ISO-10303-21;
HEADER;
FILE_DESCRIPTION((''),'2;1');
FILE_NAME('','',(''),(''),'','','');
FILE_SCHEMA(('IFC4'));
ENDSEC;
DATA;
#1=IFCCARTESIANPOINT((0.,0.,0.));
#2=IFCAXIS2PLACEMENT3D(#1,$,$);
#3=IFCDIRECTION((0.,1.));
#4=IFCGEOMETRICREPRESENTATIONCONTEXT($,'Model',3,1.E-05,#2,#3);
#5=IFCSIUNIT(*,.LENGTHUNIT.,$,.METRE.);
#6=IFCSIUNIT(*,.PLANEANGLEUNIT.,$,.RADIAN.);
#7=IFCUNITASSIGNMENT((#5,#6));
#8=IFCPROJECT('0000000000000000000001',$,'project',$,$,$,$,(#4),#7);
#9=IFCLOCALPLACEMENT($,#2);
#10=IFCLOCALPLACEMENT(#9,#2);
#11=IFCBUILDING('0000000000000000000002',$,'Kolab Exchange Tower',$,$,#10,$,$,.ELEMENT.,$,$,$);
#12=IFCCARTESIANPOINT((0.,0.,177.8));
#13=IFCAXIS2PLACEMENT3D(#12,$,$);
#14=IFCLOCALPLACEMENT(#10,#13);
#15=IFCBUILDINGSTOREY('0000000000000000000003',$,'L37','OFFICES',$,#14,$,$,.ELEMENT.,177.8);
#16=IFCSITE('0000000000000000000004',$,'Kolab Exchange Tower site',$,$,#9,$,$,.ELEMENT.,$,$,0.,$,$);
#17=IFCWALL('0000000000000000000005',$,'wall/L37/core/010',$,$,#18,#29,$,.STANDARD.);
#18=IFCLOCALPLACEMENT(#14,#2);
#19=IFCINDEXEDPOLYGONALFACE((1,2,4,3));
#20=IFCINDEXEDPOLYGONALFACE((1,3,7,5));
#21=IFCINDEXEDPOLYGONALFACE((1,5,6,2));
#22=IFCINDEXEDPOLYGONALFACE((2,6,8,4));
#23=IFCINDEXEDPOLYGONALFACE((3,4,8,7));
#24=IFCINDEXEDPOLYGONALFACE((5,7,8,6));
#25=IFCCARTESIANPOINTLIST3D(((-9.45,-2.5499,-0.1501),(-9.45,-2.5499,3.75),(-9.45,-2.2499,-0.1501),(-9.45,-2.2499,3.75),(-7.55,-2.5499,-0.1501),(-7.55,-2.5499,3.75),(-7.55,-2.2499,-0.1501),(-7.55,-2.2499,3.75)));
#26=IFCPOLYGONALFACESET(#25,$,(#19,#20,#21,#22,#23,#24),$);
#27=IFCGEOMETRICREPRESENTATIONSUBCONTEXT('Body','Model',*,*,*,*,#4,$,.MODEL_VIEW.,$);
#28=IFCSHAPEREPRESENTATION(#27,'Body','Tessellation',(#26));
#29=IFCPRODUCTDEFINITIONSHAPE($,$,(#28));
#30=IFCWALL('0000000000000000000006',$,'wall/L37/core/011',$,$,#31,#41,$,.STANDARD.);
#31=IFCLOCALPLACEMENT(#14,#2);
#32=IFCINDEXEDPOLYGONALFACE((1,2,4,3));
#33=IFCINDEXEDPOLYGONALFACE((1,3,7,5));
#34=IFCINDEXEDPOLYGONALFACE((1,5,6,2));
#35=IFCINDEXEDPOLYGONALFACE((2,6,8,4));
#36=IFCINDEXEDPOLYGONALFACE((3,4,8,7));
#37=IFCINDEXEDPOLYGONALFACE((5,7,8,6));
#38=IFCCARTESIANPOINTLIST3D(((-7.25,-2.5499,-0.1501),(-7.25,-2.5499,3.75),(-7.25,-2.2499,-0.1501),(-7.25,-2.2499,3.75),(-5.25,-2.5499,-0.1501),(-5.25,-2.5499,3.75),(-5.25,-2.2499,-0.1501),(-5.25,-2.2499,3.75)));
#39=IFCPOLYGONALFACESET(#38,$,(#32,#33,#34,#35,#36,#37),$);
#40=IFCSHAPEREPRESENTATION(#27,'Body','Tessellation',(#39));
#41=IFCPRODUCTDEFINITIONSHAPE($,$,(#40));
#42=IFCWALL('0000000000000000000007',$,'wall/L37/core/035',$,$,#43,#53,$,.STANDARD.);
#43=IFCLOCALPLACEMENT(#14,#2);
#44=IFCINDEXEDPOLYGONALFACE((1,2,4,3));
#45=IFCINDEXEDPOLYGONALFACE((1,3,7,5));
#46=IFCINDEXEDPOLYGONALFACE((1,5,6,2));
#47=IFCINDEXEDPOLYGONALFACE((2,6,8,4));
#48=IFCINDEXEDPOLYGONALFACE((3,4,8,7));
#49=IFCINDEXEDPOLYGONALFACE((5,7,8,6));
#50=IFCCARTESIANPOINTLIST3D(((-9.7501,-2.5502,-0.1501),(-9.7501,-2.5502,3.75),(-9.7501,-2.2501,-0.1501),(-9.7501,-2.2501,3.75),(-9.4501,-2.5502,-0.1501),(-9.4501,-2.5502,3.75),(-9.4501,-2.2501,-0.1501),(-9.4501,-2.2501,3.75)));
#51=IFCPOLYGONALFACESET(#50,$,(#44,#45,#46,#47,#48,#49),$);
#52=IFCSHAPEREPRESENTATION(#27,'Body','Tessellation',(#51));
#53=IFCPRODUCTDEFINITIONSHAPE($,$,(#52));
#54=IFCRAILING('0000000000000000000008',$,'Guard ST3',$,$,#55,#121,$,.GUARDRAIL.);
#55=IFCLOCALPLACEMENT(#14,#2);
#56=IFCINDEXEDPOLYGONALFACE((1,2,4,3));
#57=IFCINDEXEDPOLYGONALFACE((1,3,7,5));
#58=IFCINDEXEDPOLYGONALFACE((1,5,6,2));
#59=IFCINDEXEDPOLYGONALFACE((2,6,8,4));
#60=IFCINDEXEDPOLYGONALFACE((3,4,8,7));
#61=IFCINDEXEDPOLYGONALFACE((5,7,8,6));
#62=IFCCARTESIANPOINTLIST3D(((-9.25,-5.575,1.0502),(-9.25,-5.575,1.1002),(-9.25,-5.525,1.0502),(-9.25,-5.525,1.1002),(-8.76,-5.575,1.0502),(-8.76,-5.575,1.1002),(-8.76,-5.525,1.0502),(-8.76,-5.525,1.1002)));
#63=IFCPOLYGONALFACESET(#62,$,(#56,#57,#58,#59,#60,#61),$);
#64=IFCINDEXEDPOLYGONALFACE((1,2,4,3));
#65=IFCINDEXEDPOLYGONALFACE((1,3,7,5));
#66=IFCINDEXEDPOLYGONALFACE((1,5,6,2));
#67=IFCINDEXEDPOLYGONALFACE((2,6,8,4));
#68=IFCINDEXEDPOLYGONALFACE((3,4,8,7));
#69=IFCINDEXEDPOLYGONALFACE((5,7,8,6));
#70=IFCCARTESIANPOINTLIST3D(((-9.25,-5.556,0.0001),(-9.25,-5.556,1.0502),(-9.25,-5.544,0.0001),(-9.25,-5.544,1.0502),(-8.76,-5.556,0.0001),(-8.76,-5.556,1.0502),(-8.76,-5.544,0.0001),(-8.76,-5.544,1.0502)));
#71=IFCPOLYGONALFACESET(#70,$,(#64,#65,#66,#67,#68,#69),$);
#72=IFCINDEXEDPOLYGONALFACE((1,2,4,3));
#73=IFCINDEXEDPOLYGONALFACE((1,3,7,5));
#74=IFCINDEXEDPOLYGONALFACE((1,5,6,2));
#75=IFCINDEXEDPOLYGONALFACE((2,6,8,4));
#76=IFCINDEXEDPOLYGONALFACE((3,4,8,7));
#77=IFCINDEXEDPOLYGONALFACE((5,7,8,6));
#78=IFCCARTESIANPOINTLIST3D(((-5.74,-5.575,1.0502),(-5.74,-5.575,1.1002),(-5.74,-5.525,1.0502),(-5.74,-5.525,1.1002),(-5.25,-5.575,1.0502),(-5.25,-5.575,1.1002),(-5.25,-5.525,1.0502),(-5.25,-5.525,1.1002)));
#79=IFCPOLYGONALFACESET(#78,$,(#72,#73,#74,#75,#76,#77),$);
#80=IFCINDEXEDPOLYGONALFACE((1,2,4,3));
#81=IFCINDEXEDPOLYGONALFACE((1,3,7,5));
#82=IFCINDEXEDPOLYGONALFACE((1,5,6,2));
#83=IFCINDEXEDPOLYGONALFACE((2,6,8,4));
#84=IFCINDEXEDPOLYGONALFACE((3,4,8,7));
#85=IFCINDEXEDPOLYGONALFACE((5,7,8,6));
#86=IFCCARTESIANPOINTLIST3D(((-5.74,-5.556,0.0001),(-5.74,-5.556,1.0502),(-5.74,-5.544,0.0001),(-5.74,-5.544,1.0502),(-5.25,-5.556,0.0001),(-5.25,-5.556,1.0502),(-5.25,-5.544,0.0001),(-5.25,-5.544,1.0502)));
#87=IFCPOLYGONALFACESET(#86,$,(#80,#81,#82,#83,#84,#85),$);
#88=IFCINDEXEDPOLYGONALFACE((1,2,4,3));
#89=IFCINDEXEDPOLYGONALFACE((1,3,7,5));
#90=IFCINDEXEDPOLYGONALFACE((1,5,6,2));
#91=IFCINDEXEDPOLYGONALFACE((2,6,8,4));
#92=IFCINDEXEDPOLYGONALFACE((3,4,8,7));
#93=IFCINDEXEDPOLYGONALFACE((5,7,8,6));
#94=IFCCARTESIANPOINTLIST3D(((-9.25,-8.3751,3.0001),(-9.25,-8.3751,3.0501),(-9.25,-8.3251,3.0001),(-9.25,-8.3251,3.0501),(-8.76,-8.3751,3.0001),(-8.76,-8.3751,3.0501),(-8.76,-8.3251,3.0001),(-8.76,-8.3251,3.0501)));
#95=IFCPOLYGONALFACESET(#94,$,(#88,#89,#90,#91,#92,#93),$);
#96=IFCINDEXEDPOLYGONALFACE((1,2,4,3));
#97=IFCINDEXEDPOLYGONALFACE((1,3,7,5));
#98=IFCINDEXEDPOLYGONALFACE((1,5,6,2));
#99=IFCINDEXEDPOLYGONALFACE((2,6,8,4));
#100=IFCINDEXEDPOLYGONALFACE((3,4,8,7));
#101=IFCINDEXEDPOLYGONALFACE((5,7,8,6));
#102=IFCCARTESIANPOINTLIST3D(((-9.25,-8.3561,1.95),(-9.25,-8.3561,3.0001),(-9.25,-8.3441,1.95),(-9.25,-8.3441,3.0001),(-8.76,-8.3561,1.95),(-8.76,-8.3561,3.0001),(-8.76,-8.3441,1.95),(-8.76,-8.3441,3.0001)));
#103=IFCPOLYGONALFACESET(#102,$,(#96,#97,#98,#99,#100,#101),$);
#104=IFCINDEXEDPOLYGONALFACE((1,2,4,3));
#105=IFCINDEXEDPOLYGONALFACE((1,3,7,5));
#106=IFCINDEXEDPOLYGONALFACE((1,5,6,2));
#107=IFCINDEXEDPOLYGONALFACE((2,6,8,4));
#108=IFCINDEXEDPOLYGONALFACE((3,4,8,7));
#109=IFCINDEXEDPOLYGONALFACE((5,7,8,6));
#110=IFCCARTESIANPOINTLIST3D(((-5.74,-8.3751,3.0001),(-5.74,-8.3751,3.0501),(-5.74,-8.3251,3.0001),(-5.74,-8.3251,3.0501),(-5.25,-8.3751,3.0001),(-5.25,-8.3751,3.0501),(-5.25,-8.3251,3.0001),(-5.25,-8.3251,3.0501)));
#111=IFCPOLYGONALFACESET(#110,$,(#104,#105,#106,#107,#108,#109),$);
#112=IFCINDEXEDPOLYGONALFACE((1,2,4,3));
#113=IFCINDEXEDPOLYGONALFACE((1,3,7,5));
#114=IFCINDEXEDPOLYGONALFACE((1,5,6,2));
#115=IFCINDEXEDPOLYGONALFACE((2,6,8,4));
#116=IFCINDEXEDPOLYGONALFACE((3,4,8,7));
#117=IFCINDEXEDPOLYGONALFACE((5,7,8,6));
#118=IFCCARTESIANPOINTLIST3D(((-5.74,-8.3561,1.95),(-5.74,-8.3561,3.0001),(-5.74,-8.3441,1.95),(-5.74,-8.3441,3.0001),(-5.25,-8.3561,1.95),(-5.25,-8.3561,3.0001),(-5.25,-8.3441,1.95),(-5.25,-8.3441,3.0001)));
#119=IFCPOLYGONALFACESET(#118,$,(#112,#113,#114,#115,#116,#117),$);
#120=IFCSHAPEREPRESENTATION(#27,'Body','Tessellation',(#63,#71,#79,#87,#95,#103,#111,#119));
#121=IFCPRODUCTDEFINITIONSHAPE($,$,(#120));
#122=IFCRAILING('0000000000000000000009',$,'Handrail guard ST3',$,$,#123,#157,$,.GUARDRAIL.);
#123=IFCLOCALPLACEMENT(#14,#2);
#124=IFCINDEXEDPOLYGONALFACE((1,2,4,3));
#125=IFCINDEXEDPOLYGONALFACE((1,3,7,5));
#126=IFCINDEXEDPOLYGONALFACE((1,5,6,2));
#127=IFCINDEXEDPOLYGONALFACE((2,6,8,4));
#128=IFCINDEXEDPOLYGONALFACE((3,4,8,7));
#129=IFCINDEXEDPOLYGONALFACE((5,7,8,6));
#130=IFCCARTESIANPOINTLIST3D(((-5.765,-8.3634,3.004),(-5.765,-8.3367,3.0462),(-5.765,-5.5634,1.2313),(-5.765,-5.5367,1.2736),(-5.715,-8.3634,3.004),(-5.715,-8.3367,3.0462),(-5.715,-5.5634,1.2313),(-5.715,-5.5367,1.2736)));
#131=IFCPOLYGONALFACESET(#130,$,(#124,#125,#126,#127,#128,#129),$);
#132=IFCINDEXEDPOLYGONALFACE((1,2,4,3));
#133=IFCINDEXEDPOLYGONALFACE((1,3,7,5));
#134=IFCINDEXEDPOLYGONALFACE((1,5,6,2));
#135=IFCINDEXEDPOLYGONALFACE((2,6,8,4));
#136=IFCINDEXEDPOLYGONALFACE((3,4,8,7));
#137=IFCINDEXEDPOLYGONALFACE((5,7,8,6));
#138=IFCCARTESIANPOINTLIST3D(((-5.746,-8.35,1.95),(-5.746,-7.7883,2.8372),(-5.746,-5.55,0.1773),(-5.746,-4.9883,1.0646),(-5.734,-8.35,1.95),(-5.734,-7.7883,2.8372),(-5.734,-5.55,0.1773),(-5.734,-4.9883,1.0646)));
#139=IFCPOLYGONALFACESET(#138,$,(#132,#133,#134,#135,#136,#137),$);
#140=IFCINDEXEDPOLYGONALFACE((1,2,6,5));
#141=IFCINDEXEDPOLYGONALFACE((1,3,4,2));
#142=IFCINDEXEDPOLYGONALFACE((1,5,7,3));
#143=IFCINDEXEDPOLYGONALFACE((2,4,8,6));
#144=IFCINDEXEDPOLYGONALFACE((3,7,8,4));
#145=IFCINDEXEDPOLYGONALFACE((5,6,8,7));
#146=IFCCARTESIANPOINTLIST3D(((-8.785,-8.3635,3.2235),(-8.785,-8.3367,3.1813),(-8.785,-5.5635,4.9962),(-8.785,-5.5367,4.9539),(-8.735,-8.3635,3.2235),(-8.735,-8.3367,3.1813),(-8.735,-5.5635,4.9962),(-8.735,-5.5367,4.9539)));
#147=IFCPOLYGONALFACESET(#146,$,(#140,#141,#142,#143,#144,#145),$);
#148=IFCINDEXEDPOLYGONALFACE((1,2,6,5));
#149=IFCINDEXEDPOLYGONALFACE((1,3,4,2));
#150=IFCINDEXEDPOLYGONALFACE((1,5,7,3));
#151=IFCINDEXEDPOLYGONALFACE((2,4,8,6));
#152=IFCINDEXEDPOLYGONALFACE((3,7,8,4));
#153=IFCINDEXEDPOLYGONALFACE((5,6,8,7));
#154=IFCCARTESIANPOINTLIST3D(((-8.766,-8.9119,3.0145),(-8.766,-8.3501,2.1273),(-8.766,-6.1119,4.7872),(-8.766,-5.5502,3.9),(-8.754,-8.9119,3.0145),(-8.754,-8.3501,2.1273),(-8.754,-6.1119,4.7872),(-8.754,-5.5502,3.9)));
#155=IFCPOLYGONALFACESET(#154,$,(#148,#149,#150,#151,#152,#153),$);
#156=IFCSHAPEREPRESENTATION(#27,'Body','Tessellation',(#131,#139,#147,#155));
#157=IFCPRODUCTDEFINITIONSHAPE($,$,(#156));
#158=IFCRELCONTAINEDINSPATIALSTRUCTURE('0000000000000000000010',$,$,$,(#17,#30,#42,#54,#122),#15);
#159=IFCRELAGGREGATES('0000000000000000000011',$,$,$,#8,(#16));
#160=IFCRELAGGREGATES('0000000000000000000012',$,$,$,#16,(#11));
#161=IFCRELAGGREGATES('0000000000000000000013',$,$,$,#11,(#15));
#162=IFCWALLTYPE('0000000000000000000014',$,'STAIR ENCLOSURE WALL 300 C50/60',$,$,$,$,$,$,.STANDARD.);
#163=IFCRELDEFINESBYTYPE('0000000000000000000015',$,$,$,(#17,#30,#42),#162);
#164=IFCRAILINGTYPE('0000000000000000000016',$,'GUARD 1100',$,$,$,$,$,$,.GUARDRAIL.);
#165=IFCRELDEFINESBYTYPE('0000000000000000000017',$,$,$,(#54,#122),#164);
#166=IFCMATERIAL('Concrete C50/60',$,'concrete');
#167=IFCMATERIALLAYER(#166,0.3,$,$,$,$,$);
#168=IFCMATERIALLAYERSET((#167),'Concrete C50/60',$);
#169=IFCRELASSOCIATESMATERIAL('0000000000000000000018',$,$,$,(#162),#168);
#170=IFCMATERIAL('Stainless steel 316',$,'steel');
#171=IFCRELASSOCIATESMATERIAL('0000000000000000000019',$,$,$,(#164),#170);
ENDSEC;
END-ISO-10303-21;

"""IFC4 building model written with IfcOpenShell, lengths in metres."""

from ifc_helpers import new_model, si_unit, direction, frame, frame_2d, origin, origin_2d, place, context, subcontext, project, spatial, rectangle, extrude, material, layer, layer_set, type_object, element, save


model = new_model("IFC4")

# Units and contexts
model_context = context("Model", 3, precision=1e-05, world=origin(), true_north=direction((0.0, 1.0)))
body_context = subcontext(model_context, "Body", "Model", "MODEL_VIEW")
ifc_project = project(units=[si_unit("LENGTHUNIT", "METRE"), si_unit("PLANEANGLEUNIT", "RADIAN")], contexts=[model_context])

# Site, building, storey
site_placement = place(None, origin())
site = spatial("IfcSite", under=ifc_project, at=site_placement, Name="Kolab Exchange Tower site", CompositionType="ELEMENT", RefElevation=0.0)
building_placement = place(site_placement, origin())
building = spatial("IfcBuilding", under=site, at=building_placement, Name="Kolab Exchange Tower", CompositionType="ELEMENT")
storey_placement = place(building_placement, frame((0.0, 0.0, 177.8)))
storey = spatial("IfcBuildingStorey", under=building, at=storey_placement, Name="L37", Description="OFFICES", CompositionType="ELEMENT", Elevation=177.8)

# Shared definitions
ifc_material_1 = material(Name="Concrete C50/60", Category="concrete")
ifc_material_2 = material(Name="Stainless steel 316", Category="steel")

# Walls
ifc_layer_1 = layer(ifc_material_1, 0.3)
ifc_layer_set_1 = layer_set([ifc_layer_1], Name="Concrete C50/60")
wall_type_1 = type_object("IfcWallType", Name="STAIR ENCLOSURE WALL 300 C50/60", PredefinedType="STANDARD", material=ifc_layer_set_1)
wall_1_placement = place(storey_placement, frame((-9.45, -2.3999, -0.1501), z_axis=(0.0, 0.0, 1.0), x_axis=(1.0, 0.0, 0.0)))
element("IfcWall", 1, at=wall_1_placement, inside=storey, type_object=wall_type_1, Name="wall/L37/core/010", PredefinedType="STANDARD", context=body_context, shape_type="SweptSolid", body=[
    extrude(rectangle(XDim=1.8999, YDim=0.3, at=frame_2d((0.95, 0.0))), origin(), (0.0, 0.0, 1.0), 3.9001),
])
wall_2_placement = place(storey_placement, frame((-7.25, -2.3999, -0.1501), z_axis=(0.0, 0.0, 1.0), x_axis=(1.0, 0.0, 0.0)))
element("IfcWall", 2, at=wall_2_placement, inside=storey, type_object=wall_type_1, Name="wall/L37/core/011", PredefinedType="STANDARD", context=body_context, shape_type="SweptSolid", body=[
    extrude(rectangle(XDim=2.0, YDim=0.3, at=frame_2d((1.0, 0.0))), origin(), (0.0, 0.0, 1.0), 3.9001),
])
wall_3_placement = place(storey_placement, frame((-9.6001, -2.55, -0.1501), z_axis=(0.0, 0.0, 1.0), x_axis=(0.0, 1.0, 0.0)))
element("IfcWall", 3, at=wall_3_placement, inside=storey, type_object=wall_type_1, Name="wall/L37/core/035", PredefinedType="STANDARD", context=body_context, shape_type="SweptSolid", body=[
    extrude(rectangle(XDim=0.3, YDim=0.3, at=frame_2d((0.1499, 0.0))), origin(), (0.0, 0.0, 1.0), 3.9001),
])

# Railings
railing_type = type_object("IfcRailingType", Name="GUARD 1100", PredefinedType="GUARDRAIL", material=ifc_material_2)
railing_1_placement = place(storey_placement, frame((-9.25, -5.55, 0.0)))
element("IfcRailing", 4, at=railing_1_placement, inside=storey, type_object=railing_type, Name="Guard ST3", PredefinedType="GUARDRAIL", context=body_context, shape_type="SweptSolid", body=[
    extrude(rectangle(XDim=0.05, YDim=0.05, at=origin_2d()), frame((0.0, 0.0, 1.0752), z_axis=(1.0, 0.0, 0.0), x_axis=(0.0, 1.0, 0.0)), (0.0, 0.0, 1.0), 0.49),
    extrude(rectangle(XDim=0.012, YDim=1.0501, at=frame_2d((0.0, 0.5251))), frame((0.0, 0.0, 0.0), z_axis=(1.0, 0.0, 0.0), x_axis=(0.0, 1.0, 0.0)), (0.0, 0.0, 1.0), 0.49),
    extrude(rectangle(XDim=0.05, YDim=0.05, at=origin_2d()), frame((3.51, 0.0, 1.0752), z_axis=(1.0, 0.0, 0.0), x_axis=(0.0, 1.0, 0.0)), (0.0, 0.0, 1.0), 0.49),
    extrude(rectangle(XDim=0.012, YDim=1.0501, at=frame_2d((0.0, 0.5251))), frame((3.51, 0.0, 0.0), z_axis=(1.0, 0.0, 0.0), x_axis=(0.0, 1.0, 0.0)), (0.0, 0.0, 1.0), 0.49),
    extrude(rectangle(XDim=0.05, YDim=0.05, at=origin_2d()), frame((0.0, -2.8, 3.0251), z_axis=(1.0, 0.0, 0.0), x_axis=(0.0, 1.0, 0.0)), (0.0, 0.0, 1.0), 0.49),
    extrude(rectangle(XDim=0.012, YDim=1.0501, at=frame_2d((0.0, 0.5251))), frame((0.0, -2.8, 1.95), z_axis=(1.0, 0.0, 0.0), x_axis=(0.0, 1.0, 0.0)), (0.0, 0.0, 1.0), 0.49),
    extrude(rectangle(XDim=0.05, YDim=0.05, at=origin_2d()), frame((3.51, -2.8, 3.0251), z_axis=(1.0, 0.0, 0.0), x_axis=(0.0, 1.0, 0.0)), (0.0, 0.0, 1.0), 0.49),
    extrude(rectangle(XDim=0.012, YDim=1.0501, at=frame_2d((0.0, 0.5251))), frame((3.51, -2.8, 1.95), z_axis=(1.0, 0.0, 0.0), x_axis=(0.0, 1.0, 0.0)), (0.0, 0.0, 1.0), 0.49),
])
railing_2_placement = place(storey_placement, frame((-5.74, -5.55, 0.1772)))
element("IfcRailing", 5, at=railing_2_placement, inside=storey, type_object=railing_type, Name="Handrail guard ST3", PredefinedType="GUARDRAIL", context=body_context, shape_type="SweptSolid", body=[
    extrude(rectangle(XDim=0.05, YDim=0.05, at=origin_2d()), frame((0.0, 0.0, 1.0752), z_axis=(0.0, -0.844909, 0.53491), x_axis=(1.0, 0.0, 0.0)), (0.0, 0.0, 1.0), 3.314),
    extrude(rectangle(XDim=0.012, YDim=1.0501, at=frame_2d((0.0, 0.5251))), frame((0.0, 0.0, 0.0), z_axis=(0.0, -0.844909, 0.53491), x_axis=(1.0, 0.0, 0.0)), (0.0, 0.0, 1.0), 3.314),
    extrude(rectangle(XDim=0.05, YDim=0.05, at=origin_2d()), frame((-3.02, -2.8, 3.0251), z_axis=(0.0, 0.844909, 0.53491), x_axis=(-1.0, 0.0, 0.0)), (0.0, 0.0, 1.0), 3.314),
    extrude(rectangle(XDim=0.012, YDim=1.0501, at=frame_2d((0.0, 0.5251))), frame((-3.02, -2.8, 1.95), z_axis=(0.0, 0.844909, 0.53491), x_axis=(-1.0, 0.0, 0.0)), (0.0, 0.0, 1.0), 3.314),
])

save(model, "model.ifc")
